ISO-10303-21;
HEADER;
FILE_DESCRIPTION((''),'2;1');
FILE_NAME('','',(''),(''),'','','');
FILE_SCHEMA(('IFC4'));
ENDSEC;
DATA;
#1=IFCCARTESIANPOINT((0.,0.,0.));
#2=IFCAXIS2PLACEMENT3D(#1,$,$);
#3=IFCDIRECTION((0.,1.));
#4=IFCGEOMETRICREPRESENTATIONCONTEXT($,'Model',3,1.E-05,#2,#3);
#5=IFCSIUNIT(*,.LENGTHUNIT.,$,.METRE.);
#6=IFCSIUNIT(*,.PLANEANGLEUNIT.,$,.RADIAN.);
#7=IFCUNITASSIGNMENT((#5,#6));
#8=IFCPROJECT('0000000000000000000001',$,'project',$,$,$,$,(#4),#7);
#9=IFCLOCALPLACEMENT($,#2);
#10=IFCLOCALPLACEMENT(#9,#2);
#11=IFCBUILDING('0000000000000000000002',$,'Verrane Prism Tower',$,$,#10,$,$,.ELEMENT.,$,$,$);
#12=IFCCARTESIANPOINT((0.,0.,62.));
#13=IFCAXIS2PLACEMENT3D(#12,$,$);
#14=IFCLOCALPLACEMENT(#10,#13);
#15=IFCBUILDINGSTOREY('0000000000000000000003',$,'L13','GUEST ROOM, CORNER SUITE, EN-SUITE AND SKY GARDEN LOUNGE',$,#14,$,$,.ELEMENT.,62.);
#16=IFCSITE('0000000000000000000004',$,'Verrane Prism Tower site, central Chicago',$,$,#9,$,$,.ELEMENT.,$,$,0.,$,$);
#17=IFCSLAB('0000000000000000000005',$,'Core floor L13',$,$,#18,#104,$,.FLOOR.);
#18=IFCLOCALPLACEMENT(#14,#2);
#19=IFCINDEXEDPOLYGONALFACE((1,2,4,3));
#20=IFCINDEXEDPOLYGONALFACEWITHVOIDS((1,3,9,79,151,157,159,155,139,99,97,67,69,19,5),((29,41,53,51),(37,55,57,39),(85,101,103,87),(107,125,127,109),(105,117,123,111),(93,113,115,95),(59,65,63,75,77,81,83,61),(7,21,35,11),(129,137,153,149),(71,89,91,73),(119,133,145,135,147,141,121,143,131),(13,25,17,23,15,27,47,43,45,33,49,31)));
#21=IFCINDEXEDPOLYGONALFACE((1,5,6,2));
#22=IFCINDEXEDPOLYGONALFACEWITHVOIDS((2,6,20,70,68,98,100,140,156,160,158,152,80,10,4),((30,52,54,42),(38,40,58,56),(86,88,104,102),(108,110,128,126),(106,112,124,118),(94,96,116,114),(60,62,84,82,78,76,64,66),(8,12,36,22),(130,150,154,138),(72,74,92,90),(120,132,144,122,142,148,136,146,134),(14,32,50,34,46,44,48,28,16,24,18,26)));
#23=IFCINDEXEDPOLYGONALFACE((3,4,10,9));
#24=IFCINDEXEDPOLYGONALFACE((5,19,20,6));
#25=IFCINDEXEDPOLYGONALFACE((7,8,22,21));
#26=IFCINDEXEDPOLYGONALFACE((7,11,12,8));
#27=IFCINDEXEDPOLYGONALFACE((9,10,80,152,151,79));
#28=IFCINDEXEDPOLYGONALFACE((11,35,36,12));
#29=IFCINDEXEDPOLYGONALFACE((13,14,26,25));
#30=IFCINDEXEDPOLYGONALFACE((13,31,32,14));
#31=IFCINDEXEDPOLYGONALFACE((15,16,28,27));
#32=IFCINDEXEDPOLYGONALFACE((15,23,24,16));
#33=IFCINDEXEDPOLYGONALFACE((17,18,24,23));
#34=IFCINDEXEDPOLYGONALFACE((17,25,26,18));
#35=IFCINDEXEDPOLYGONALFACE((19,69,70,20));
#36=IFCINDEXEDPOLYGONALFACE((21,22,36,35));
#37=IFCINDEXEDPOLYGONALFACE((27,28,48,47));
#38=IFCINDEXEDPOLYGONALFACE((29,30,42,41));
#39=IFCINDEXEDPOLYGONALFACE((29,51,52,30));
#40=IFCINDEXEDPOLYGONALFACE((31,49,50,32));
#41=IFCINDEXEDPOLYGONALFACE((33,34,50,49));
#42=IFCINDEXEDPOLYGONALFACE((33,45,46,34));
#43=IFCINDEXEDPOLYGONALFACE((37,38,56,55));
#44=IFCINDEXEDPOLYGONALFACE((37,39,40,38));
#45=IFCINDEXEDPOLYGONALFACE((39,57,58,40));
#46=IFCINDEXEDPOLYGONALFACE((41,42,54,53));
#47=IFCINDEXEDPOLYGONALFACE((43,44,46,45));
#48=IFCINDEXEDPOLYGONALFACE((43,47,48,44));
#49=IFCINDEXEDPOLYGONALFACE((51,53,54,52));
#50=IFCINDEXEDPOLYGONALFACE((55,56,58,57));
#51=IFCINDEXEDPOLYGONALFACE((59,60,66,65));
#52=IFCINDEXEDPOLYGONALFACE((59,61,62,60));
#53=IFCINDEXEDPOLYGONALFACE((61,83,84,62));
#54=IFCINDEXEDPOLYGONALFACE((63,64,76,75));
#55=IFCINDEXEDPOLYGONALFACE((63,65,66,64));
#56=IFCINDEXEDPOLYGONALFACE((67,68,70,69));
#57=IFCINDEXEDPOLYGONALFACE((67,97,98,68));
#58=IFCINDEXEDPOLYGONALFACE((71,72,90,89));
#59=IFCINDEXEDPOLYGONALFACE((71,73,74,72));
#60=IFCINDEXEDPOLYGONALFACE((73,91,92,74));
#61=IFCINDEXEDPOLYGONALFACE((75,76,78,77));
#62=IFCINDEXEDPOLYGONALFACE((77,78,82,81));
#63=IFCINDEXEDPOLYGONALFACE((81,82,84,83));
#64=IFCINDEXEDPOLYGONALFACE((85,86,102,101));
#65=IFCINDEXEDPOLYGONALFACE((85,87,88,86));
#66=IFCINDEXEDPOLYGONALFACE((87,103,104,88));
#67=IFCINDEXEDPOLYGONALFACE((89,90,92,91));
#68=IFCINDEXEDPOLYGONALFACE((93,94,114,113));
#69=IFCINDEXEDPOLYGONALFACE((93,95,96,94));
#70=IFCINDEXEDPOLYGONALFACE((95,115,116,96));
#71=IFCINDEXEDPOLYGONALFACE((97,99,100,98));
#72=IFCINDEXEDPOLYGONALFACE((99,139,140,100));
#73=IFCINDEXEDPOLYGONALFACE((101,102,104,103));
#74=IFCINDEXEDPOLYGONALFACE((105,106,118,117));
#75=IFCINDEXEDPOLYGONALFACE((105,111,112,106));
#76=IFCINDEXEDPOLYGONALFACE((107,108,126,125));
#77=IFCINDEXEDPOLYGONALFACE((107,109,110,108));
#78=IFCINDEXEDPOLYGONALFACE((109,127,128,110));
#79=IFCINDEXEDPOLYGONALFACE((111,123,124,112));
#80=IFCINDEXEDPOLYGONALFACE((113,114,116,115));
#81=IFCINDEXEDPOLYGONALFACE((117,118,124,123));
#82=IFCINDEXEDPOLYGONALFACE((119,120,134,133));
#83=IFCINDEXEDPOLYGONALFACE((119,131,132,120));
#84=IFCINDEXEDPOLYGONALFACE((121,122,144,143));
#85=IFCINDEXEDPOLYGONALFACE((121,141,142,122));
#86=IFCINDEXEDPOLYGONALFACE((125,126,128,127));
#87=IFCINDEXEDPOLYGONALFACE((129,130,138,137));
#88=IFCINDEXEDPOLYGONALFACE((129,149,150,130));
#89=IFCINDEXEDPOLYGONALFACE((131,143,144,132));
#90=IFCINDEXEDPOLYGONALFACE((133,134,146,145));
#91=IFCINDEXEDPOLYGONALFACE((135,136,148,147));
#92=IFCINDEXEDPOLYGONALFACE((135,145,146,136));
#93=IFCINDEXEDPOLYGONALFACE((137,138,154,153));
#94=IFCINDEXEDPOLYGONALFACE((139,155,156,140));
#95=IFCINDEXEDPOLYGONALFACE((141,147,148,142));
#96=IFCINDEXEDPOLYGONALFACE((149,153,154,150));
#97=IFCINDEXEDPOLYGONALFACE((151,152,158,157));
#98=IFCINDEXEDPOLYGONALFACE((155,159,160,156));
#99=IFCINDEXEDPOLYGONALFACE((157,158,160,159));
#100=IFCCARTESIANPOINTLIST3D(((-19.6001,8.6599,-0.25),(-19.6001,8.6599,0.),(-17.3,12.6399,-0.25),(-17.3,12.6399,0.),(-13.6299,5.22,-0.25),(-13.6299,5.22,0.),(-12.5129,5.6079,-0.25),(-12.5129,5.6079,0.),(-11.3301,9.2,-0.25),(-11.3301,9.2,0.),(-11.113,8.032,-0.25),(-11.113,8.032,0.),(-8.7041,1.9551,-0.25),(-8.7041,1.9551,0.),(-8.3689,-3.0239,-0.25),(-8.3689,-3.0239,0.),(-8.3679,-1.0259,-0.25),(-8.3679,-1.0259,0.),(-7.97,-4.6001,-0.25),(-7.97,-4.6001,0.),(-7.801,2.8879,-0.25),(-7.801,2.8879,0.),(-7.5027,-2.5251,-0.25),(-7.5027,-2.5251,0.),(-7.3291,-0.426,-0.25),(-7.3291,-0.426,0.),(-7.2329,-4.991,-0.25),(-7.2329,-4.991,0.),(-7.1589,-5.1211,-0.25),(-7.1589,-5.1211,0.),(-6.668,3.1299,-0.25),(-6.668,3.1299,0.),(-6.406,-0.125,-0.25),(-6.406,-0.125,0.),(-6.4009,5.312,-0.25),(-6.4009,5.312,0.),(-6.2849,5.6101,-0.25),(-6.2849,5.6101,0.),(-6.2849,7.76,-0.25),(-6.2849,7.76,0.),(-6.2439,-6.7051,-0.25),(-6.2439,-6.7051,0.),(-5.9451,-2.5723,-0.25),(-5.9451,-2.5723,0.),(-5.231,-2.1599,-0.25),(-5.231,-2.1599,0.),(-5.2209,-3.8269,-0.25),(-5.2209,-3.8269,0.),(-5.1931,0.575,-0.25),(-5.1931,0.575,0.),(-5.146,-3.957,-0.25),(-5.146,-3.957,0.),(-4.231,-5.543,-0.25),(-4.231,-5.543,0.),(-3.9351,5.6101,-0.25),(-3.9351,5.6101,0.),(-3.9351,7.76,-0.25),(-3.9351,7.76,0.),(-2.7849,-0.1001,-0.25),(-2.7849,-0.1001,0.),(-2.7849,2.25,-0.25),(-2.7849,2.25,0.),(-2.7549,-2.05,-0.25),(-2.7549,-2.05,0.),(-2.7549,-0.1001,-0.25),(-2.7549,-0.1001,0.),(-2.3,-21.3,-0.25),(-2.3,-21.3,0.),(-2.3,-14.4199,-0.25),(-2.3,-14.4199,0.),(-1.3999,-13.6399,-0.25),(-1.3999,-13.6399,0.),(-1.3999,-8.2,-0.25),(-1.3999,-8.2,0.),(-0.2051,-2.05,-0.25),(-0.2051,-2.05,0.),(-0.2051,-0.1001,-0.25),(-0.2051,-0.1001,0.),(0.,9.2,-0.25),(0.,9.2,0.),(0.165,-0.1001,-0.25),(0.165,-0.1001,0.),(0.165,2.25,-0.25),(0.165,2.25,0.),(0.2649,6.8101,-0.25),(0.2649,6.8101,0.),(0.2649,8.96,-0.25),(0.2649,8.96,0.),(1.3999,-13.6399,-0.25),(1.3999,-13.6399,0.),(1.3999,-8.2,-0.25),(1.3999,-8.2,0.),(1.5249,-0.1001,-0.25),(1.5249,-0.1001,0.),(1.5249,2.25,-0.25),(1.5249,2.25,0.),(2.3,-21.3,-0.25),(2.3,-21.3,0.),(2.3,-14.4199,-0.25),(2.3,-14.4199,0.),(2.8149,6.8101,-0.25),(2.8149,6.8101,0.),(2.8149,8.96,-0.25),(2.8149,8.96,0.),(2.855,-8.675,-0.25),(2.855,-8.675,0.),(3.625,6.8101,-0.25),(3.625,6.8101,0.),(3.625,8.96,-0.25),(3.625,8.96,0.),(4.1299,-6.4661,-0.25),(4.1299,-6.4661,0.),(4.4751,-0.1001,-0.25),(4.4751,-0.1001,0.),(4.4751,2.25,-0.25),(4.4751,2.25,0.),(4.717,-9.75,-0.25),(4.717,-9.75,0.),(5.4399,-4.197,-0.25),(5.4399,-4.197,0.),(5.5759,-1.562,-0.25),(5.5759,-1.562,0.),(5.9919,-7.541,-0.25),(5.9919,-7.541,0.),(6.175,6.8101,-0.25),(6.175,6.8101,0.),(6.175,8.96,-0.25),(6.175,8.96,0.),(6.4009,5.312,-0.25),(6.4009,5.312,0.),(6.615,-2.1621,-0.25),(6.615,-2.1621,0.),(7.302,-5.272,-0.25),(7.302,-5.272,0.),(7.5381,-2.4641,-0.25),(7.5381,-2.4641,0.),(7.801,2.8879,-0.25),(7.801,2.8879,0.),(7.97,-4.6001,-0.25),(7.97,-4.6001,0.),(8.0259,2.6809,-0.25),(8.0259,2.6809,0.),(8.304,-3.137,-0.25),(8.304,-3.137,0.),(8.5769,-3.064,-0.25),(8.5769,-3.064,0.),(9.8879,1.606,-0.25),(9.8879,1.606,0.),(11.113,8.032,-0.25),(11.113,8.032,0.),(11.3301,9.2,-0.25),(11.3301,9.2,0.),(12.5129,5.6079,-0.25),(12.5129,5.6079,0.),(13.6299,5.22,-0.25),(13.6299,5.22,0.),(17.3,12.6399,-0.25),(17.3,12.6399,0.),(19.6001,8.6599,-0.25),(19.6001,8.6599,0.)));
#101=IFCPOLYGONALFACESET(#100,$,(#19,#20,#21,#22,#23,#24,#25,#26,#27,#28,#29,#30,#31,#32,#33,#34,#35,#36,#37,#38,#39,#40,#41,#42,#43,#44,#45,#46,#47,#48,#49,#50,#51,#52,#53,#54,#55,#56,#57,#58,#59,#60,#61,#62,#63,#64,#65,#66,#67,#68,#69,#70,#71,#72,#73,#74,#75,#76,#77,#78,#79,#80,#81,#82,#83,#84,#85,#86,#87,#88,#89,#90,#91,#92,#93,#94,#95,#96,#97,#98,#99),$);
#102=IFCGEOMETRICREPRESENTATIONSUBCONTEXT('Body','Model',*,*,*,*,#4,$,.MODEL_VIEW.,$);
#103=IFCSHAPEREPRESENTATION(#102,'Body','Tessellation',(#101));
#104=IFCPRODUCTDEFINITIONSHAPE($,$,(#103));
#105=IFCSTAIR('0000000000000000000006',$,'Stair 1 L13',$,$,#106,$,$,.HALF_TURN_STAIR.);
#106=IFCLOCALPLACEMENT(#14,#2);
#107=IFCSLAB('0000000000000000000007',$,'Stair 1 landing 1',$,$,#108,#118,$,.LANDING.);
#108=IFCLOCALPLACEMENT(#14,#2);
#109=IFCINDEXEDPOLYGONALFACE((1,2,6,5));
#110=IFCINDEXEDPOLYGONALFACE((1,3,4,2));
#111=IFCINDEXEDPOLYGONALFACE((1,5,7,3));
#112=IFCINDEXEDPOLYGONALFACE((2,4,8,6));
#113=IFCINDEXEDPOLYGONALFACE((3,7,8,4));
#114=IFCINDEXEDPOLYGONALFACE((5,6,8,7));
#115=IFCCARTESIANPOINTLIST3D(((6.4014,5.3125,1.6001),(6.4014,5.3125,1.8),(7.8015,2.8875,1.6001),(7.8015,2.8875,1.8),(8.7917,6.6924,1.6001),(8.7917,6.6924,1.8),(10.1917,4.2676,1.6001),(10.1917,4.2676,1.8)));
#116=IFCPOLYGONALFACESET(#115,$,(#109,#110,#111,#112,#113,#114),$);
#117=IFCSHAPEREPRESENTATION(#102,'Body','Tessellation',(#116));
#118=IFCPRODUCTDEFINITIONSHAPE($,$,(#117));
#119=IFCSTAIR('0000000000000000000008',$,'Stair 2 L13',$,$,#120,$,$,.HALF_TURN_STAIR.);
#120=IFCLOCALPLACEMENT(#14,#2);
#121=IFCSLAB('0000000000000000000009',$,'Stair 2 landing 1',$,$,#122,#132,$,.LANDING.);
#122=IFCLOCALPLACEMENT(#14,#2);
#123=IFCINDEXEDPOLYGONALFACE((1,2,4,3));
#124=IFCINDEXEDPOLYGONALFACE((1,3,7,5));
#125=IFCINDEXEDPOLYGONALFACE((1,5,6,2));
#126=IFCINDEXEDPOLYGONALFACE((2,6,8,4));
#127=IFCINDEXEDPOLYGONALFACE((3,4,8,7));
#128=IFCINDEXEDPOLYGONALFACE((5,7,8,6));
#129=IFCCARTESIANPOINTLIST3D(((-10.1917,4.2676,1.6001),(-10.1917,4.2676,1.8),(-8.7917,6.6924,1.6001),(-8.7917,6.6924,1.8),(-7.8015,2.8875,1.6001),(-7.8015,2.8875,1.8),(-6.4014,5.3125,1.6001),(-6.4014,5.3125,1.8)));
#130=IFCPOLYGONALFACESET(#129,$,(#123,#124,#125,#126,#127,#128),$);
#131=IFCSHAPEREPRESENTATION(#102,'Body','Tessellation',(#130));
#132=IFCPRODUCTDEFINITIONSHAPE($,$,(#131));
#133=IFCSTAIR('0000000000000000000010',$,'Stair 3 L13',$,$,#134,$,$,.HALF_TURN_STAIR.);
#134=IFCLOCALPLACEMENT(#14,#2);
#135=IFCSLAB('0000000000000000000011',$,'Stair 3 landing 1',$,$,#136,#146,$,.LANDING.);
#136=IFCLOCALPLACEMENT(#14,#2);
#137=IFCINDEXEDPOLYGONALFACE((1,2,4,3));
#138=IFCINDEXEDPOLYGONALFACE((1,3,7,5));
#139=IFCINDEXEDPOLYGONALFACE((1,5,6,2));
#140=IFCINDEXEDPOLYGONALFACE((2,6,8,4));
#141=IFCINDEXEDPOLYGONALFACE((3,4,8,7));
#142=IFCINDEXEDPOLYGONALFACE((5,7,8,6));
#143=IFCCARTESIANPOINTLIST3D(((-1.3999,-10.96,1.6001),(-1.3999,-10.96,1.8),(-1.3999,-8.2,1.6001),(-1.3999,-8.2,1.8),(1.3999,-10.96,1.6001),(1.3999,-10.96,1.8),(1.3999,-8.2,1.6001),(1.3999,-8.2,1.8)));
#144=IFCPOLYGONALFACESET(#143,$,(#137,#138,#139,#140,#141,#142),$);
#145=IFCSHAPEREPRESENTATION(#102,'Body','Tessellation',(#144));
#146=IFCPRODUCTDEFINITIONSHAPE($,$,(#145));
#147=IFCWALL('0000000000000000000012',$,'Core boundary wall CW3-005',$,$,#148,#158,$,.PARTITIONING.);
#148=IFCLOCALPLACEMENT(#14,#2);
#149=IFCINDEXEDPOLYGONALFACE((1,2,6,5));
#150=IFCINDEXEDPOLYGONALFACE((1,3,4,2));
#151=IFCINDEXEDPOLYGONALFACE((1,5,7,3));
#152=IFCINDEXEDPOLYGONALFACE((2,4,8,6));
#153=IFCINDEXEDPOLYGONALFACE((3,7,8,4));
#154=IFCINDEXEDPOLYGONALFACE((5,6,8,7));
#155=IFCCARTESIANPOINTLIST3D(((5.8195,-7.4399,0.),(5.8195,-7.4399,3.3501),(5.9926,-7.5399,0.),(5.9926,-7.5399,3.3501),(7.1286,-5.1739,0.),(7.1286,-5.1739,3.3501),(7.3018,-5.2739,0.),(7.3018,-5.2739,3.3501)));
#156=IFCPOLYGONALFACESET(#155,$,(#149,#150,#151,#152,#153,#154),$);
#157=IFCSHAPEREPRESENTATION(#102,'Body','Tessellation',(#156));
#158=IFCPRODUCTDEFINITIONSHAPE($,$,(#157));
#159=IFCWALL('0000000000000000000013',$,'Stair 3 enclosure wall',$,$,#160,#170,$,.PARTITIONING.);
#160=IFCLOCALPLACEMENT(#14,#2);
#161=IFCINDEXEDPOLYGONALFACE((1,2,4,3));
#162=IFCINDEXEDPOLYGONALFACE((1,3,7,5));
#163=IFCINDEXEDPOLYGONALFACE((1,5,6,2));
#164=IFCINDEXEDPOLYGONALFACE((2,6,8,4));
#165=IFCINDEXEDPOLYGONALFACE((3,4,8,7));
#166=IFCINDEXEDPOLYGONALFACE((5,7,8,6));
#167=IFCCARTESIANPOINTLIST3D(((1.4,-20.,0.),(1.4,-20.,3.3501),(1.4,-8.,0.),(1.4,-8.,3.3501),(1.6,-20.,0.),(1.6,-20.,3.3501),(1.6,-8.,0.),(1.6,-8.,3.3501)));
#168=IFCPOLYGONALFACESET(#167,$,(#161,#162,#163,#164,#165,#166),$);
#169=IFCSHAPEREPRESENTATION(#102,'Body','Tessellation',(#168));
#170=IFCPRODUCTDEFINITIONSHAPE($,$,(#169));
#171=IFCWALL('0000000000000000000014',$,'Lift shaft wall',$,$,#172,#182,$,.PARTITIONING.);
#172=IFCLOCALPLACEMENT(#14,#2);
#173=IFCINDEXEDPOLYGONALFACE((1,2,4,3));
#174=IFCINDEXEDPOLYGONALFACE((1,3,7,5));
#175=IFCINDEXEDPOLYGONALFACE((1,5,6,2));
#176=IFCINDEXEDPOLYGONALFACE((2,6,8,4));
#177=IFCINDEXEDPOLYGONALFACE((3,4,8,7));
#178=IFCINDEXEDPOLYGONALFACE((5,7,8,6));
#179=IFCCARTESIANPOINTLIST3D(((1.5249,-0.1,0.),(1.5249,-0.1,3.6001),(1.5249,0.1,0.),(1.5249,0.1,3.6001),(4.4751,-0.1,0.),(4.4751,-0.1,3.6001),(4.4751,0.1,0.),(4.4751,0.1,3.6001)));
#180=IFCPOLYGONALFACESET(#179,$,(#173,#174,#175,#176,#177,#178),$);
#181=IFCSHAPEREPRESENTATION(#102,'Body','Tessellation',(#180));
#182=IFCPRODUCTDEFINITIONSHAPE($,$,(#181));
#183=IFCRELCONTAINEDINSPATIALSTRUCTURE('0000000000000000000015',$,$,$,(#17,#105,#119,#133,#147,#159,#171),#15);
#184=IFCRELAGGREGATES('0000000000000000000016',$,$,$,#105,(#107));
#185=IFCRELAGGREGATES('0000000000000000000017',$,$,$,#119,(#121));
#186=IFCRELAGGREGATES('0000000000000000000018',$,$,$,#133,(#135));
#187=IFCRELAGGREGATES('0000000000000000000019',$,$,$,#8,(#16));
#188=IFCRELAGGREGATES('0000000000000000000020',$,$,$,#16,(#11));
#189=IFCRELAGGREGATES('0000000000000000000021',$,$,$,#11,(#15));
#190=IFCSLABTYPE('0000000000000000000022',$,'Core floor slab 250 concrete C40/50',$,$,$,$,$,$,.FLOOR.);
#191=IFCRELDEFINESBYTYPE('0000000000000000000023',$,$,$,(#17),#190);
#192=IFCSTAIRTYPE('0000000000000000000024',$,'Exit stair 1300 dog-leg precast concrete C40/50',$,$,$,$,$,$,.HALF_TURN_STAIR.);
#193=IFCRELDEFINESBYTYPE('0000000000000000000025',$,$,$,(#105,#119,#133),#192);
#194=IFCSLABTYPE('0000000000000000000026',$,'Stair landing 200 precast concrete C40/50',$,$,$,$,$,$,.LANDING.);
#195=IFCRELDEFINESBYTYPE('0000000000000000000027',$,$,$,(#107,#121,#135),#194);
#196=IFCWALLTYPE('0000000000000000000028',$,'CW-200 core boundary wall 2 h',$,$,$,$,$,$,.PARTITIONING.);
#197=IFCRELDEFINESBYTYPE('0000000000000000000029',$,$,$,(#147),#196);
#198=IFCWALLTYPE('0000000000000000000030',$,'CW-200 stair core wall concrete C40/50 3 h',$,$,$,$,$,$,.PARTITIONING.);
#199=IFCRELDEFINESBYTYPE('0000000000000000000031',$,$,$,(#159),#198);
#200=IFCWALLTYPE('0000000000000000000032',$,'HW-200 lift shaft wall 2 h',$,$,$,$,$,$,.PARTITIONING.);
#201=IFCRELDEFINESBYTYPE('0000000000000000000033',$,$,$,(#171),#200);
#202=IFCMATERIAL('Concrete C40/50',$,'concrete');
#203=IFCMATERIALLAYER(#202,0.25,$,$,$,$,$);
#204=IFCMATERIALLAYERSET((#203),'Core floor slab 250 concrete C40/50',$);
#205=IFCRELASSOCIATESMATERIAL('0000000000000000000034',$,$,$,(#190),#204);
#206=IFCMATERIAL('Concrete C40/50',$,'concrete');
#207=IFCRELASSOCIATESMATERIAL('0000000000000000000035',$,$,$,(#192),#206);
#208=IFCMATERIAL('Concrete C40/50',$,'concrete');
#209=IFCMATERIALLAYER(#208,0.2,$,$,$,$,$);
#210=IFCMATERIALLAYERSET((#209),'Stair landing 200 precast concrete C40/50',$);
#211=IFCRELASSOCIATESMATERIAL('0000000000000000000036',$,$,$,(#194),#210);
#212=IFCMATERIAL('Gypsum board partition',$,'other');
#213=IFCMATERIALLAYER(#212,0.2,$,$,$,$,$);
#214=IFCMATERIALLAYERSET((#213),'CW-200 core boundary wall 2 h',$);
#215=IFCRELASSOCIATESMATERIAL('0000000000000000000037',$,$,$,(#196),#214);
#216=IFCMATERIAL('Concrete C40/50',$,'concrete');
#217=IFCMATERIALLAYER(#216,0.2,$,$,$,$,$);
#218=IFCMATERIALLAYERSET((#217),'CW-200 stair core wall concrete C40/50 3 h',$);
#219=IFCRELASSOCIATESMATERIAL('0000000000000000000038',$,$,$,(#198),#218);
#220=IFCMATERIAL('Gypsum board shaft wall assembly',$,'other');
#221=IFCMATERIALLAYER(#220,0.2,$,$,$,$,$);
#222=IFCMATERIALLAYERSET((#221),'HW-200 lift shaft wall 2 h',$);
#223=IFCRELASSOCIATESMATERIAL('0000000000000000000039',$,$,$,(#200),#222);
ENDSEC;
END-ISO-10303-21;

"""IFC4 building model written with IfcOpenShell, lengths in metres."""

from ifc_helpers import new_model, si_unit, direction, frame, frame_2d, origin, place, context, subcontext, project, spatial, polyline, rectangle, outline, extrude, material, layer, layer_set, type_object, element, aggregate, save


model = new_model("IFC4")

# Units and contexts
model_context = context("Model", 3, precision=1e-05, world=origin(), true_north=direction((0.0, 1.0)))
body_context = subcontext(model_context, "Body", "Model", "MODEL_VIEW")
ifc_project = project(units=[si_unit("LENGTHUNIT", "METRE"), si_unit("PLANEANGLEUNIT", "RADIAN")], contexts=[model_context])

# Site, building, storey
site_placement = place(None, origin())
site = spatial("IfcSite", under=ifc_project, at=site_placement, Name="Verrane Prism Tower site, central Chicago", CompositionType="ELEMENT", RefElevation=0.0)
building_placement = place(site_placement, origin())
building = spatial("IfcBuilding", under=site, at=building_placement, Name="Verrane Prism Tower", CompositionType="ELEMENT")
storey_placement = place(building_placement, frame((0.0, 0.0, 62.0)))
storey = spatial("IfcBuildingStorey", under=building, at=storey_placement, Name="L13", Description="GUEST ROOM, CORNER SUITE, EN-SUITE AND SKY GARDEN LOUNGE", CompositionType="ELEMENT", Elevation=62.0)

# Slab
ifc_material_1 = material(Name="Concrete C40/50", Category="concrete")
ifc_layer_1 = layer(ifc_material_1, 0.25)
ifc_layer_set_1 = layer_set([ifc_layer_1], Name="Core floor slab 250 concrete C40/50")
slab_type_1 = type_object("IfcSlabType", Name="Core floor slab 250 concrete C40/50", PredefinedType="FLOOR", material=ifc_layer_set_1)
slab_1_placement = place(storey_placement, frame((0.0, 0.0, -0.25)))
element("IfcSlab", 1, at=slab_1_placement, inside=storey, type_object=slab_type_1, Name="Core floor L13", PredefinedType="FLOOR", context=body_context, shape_type="SweptSolid", body=[
    extrude(outline(polyline([(13.6299, 5.22), (19.6001, 8.6599), (17.3, 12.6399), (11.3301, 9.2), (0.0, 9.2), (-11.3301, 9.2), (-17.3, 12.6399), (-19.6001, 8.6599), (-13.6299, 5.22), (-7.97, -4.6001), (-2.3, -14.4199), (-2.3, -21.3), (2.3, -21.3), (2.3, -14.4199), (7.97, -4.6001), (13.6299, 5.22)]), holes=[polyline([(1.3999, -8.2), (1.3999, -13.6399), (-1.3999, -13.6399), (-1.3999, -8.2), (1.3999, -8.2)]), polyline([(-4.231, -5.543), (-6.2439, -6.7051), (-7.1589, -5.1211), (-5.146, -3.957), (-4.231, -5.543)]), polyline([(0.165, 2.25), (0.165, -0.1001), (-0.2051, -0.1001), (-0.2051, -2.05), (-2.7549, -2.05), (-2.7549, -0.1001), (-2.7849, -0.1001), (-2.7849, 2.25), (0.165, 2.25)]), polyline([(-12.5129, 5.6079), (-11.113, 8.032), (-6.4009, 5.312), (-7.801, 2.8879), (-12.5129, 5.6079)]), polyline([(-6.2849, 5.6101), (-6.2849, 7.76), (-3.9351, 7.76), (-3.9351, 5.6101), (-6.2849, 5.6101)]), polyline([(4.717, -9.75), (2.855, -8.675), (4.1299, -6.4661), (5.9919, -7.541), (4.717, -9.75)]), polyline([(8.304, -3.137), (5.5759, -1.562), (8.0259, 2.6809), (9.8879, 1.606), (7.5381, -2.4641), (8.5769, -3.064), (7.302, -5.272), (5.4399, -4.197), (6.615, -2.1621), (8.304, -3.137)]), polyline([(1.5249, -0.1001), (1.5249, 2.25), (4.4751, 2.25), (4.4751, -0.1001), (1.5249, -0.1001)]), polyline([(6.4009, 5.312), (11.113, 8.032), (12.5129, 5.6079), (7.801, 2.8879), (6.4009, 5.312)]), polyline([(0.2649, 6.8101), (0.2649, 8.96), (2.8149, 8.96), (2.8149, 6.8101), (0.2649, 6.8101)]), polyline([(3.625, 6.8101), (3.625, 8.96), (6.175, 8.96), (6.175, 6.8101), (3.625, 6.8101)]), polyline([(-5.231, -2.1599), (-5.9451, -2.5723), (-5.2209, -3.8269), (-7.2329, -4.991), (-8.3689, -3.0239), (-7.5027, -2.5251), (-8.3679, -1.0259), (-7.3291, -0.426), (-8.7041, 1.9551), (-6.668, 3.1299), (-5.1931, 0.575), (-6.406, -0.125), (-5.231, -2.1599)])]), origin(), (0.0, 0.0, 1.0), 0.25),
])

# Stairs, slabs
ifc_material_2 = material(Name="Concrete C40/50", Category="concrete")
stair_type = type_object("IfcStairType", Name="Exit stair 1300 dog-leg precast concrete C40/50", PredefinedType="HALF_TURN_STAIR", material=ifc_material_2)
stair_1_placement = place(storey_placement, origin())
stair_1 = element("IfcStair", 2, at=stair_1_placement, inside=storey, type_object=stair_type, Name="Stair 1 L13", PredefinedType="HALF_TURN_STAIR")
ifc_material_3 = material(Name="Concrete C40/50", Category="concrete")
ifc_layer_2 = layer(ifc_material_3, 0.2)
ifc_layer_set_2 = layer_set([ifc_layer_2], Name="Stair landing 200 precast concrete C40/50")
slab_type_2 = type_object("IfcSlabType", Name="Stair landing 200 precast concrete C40/50", PredefinedType="LANDING", material=ifc_layer_set_2)
slab_2_placement = place(storey_placement, frame((0.0, 0.0, 1.6001)))
slab_2 = element("IfcSlab", 3, at=slab_2_placement, type_object=slab_type_2, Name="Stair 1 landing 1", PredefinedType="LANDING", context=body_context, shape_type="SweptSolid", body=[
    extrude(outline(polyline([(8.7917, 6.6924), (6.4014, 5.3125), (7.8015, 2.8875), (10.1917, 4.2676), (8.7917, 6.6924)])), origin(), (0.0, 0.0, 1.0), 0.2),
])
aggregate(stair_1, [slab_2])
stair_2_placement = place(storey_placement, origin())
stair_2 = element("IfcStair", 4, at=stair_2_placement, inside=storey, type_object=stair_type, Name="Stair 2 L13", PredefinedType="HALF_TURN_STAIR")
slab_3_placement = place(storey_placement, frame((0.0, 0.0, 1.6001)))
slab_3 = element("IfcSlab", 5, at=slab_3_placement, type_object=slab_type_2, Name="Stair 2 landing 1", PredefinedType="LANDING", context=body_context, shape_type="SweptSolid", body=[
    extrude(outline(polyline([(-10.1917, 4.2676), (-7.8015, 2.8875), (-6.4014, 5.3125), (-8.7917, 6.6924), (-10.1917, 4.2676)])), origin(), (0.0, 0.0, 1.0), 0.2),
])
aggregate(stair_2, [slab_3])
stair_3_placement = place(storey_placement, origin())
stair_3 = element("IfcStair", 6, at=stair_3_placement, inside=storey, type_object=stair_type, Name="Stair 3 L13", PredefinedType="HALF_TURN_STAIR")
slab_4_placement = place(storey_placement, frame((0.0, 0.0, 1.6001)))
slab_4 = element("IfcSlab", 7, at=slab_4_placement, type_object=slab_type_2, Name="Stair 3 landing 1", PredefinedType="LANDING", context=body_context, shape_type="SweptSolid", body=[
    extrude(outline(polyline([(1.3999, -10.96), (1.3999, -8.2), (-1.3999, -8.2), (-1.3999, -10.96), (1.3999, -10.96)])), origin(), (0.0, 0.0, 1.0), 0.2),
])
aggregate(stair_3, [slab_4])

# Walls
ifc_material_4 = material(Name="Gypsum board partition", Category="other")
ifc_layer_3 = layer(ifc_material_4, 0.2)
ifc_layer_set_3 = layer_set([ifc_layer_3], Name="CW-200 core boundary wall 2 h")
wall_type_1 = type_object("IfcWallType", Name="CW-200 core boundary wall 2 h", PredefinedType="PARTITIONING", material=ifc_layer_set_3)
wall_1_placement = place(storey_placement, frame((5.906, -7.49, 0.0), z_axis=(0.0, 0.0, 1.0), x_axis=(0.500253, 0.865879, 0.0)))
element("IfcWall", 8, at=wall_1_placement, inside=storey, type_object=wall_type_1, Name="Core boundary wall CW3-005", PredefinedType="PARTITIONING", context=body_context, shape_type="SweptSolid", body=[
    extrude(rectangle(XDim=2.6169, YDim=0.2, at=frame_2d((1.3086, 0.0))), origin(), (0.0, 0.0, 1.0), 3.3501),
])
ifc_material_5 = material(Name="Concrete C40/50", Category="concrete")
ifc_layer_4 = layer(ifc_material_5, 0.2)
ifc_layer_set_4 = layer_set([ifc_layer_4], Name="CW-200 stair core wall concrete C40/50 3 h")
wall_type_2 = type_object("IfcWallType", Name="CW-200 stair core wall concrete C40/50 3 h", PredefinedType="PARTITIONING", material=ifc_layer_set_4)
wall_2_placement = place(storey_placement, frame((1.5, -8.0, 0.0), z_axis=(0.0, 0.0, 1.0), x_axis=(0.0, -1.0, 0.0)))
element("IfcWall", 9, at=wall_2_placement, inside=storey, type_object=wall_type_2, Name="Stair 3 enclosure wall", PredefinedType="PARTITIONING", context=body_context, shape_type="SweptSolid", body=[
    extrude(rectangle(XDim=12.0, YDim=0.2, at=frame_2d((6.0, 0.0))), origin(), (0.0, 0.0, 1.0), 3.3501),
])
ifc_material_6 = material(Name="Gypsum board shaft wall assembly", Category="other")
ifc_layer_5 = layer(ifc_material_6, 0.2)
ifc_layer_set_5 = layer_set([ifc_layer_5], Name="HW-200 lift shaft wall 2 h")
wall_type_3 = type_object("IfcWallType", Name="HW-200 lift shaft wall 2 h", PredefinedType="PARTITIONING", material=ifc_layer_set_5)
wall_3_placement = place(storey_placement, frame((1.5249, 0.0, 0.0), z_axis=(0.0, 0.0, 1.0), x_axis=(1.0, 0.0, 0.0)))
element("IfcWall", 10, at=wall_3_placement, inside=storey, type_object=wall_type_3, Name="Lift shaft wall", PredefinedType="PARTITIONING", context=body_context, shape_type="SweptSolid", body=[
    extrude(rectangle(XDim=2.9502, YDim=0.2, at=frame_2d((1.4751, 0.0))), origin(), (0.0, 0.0, 1.0), 3.6001),
])

save(model, "model.ifc")
